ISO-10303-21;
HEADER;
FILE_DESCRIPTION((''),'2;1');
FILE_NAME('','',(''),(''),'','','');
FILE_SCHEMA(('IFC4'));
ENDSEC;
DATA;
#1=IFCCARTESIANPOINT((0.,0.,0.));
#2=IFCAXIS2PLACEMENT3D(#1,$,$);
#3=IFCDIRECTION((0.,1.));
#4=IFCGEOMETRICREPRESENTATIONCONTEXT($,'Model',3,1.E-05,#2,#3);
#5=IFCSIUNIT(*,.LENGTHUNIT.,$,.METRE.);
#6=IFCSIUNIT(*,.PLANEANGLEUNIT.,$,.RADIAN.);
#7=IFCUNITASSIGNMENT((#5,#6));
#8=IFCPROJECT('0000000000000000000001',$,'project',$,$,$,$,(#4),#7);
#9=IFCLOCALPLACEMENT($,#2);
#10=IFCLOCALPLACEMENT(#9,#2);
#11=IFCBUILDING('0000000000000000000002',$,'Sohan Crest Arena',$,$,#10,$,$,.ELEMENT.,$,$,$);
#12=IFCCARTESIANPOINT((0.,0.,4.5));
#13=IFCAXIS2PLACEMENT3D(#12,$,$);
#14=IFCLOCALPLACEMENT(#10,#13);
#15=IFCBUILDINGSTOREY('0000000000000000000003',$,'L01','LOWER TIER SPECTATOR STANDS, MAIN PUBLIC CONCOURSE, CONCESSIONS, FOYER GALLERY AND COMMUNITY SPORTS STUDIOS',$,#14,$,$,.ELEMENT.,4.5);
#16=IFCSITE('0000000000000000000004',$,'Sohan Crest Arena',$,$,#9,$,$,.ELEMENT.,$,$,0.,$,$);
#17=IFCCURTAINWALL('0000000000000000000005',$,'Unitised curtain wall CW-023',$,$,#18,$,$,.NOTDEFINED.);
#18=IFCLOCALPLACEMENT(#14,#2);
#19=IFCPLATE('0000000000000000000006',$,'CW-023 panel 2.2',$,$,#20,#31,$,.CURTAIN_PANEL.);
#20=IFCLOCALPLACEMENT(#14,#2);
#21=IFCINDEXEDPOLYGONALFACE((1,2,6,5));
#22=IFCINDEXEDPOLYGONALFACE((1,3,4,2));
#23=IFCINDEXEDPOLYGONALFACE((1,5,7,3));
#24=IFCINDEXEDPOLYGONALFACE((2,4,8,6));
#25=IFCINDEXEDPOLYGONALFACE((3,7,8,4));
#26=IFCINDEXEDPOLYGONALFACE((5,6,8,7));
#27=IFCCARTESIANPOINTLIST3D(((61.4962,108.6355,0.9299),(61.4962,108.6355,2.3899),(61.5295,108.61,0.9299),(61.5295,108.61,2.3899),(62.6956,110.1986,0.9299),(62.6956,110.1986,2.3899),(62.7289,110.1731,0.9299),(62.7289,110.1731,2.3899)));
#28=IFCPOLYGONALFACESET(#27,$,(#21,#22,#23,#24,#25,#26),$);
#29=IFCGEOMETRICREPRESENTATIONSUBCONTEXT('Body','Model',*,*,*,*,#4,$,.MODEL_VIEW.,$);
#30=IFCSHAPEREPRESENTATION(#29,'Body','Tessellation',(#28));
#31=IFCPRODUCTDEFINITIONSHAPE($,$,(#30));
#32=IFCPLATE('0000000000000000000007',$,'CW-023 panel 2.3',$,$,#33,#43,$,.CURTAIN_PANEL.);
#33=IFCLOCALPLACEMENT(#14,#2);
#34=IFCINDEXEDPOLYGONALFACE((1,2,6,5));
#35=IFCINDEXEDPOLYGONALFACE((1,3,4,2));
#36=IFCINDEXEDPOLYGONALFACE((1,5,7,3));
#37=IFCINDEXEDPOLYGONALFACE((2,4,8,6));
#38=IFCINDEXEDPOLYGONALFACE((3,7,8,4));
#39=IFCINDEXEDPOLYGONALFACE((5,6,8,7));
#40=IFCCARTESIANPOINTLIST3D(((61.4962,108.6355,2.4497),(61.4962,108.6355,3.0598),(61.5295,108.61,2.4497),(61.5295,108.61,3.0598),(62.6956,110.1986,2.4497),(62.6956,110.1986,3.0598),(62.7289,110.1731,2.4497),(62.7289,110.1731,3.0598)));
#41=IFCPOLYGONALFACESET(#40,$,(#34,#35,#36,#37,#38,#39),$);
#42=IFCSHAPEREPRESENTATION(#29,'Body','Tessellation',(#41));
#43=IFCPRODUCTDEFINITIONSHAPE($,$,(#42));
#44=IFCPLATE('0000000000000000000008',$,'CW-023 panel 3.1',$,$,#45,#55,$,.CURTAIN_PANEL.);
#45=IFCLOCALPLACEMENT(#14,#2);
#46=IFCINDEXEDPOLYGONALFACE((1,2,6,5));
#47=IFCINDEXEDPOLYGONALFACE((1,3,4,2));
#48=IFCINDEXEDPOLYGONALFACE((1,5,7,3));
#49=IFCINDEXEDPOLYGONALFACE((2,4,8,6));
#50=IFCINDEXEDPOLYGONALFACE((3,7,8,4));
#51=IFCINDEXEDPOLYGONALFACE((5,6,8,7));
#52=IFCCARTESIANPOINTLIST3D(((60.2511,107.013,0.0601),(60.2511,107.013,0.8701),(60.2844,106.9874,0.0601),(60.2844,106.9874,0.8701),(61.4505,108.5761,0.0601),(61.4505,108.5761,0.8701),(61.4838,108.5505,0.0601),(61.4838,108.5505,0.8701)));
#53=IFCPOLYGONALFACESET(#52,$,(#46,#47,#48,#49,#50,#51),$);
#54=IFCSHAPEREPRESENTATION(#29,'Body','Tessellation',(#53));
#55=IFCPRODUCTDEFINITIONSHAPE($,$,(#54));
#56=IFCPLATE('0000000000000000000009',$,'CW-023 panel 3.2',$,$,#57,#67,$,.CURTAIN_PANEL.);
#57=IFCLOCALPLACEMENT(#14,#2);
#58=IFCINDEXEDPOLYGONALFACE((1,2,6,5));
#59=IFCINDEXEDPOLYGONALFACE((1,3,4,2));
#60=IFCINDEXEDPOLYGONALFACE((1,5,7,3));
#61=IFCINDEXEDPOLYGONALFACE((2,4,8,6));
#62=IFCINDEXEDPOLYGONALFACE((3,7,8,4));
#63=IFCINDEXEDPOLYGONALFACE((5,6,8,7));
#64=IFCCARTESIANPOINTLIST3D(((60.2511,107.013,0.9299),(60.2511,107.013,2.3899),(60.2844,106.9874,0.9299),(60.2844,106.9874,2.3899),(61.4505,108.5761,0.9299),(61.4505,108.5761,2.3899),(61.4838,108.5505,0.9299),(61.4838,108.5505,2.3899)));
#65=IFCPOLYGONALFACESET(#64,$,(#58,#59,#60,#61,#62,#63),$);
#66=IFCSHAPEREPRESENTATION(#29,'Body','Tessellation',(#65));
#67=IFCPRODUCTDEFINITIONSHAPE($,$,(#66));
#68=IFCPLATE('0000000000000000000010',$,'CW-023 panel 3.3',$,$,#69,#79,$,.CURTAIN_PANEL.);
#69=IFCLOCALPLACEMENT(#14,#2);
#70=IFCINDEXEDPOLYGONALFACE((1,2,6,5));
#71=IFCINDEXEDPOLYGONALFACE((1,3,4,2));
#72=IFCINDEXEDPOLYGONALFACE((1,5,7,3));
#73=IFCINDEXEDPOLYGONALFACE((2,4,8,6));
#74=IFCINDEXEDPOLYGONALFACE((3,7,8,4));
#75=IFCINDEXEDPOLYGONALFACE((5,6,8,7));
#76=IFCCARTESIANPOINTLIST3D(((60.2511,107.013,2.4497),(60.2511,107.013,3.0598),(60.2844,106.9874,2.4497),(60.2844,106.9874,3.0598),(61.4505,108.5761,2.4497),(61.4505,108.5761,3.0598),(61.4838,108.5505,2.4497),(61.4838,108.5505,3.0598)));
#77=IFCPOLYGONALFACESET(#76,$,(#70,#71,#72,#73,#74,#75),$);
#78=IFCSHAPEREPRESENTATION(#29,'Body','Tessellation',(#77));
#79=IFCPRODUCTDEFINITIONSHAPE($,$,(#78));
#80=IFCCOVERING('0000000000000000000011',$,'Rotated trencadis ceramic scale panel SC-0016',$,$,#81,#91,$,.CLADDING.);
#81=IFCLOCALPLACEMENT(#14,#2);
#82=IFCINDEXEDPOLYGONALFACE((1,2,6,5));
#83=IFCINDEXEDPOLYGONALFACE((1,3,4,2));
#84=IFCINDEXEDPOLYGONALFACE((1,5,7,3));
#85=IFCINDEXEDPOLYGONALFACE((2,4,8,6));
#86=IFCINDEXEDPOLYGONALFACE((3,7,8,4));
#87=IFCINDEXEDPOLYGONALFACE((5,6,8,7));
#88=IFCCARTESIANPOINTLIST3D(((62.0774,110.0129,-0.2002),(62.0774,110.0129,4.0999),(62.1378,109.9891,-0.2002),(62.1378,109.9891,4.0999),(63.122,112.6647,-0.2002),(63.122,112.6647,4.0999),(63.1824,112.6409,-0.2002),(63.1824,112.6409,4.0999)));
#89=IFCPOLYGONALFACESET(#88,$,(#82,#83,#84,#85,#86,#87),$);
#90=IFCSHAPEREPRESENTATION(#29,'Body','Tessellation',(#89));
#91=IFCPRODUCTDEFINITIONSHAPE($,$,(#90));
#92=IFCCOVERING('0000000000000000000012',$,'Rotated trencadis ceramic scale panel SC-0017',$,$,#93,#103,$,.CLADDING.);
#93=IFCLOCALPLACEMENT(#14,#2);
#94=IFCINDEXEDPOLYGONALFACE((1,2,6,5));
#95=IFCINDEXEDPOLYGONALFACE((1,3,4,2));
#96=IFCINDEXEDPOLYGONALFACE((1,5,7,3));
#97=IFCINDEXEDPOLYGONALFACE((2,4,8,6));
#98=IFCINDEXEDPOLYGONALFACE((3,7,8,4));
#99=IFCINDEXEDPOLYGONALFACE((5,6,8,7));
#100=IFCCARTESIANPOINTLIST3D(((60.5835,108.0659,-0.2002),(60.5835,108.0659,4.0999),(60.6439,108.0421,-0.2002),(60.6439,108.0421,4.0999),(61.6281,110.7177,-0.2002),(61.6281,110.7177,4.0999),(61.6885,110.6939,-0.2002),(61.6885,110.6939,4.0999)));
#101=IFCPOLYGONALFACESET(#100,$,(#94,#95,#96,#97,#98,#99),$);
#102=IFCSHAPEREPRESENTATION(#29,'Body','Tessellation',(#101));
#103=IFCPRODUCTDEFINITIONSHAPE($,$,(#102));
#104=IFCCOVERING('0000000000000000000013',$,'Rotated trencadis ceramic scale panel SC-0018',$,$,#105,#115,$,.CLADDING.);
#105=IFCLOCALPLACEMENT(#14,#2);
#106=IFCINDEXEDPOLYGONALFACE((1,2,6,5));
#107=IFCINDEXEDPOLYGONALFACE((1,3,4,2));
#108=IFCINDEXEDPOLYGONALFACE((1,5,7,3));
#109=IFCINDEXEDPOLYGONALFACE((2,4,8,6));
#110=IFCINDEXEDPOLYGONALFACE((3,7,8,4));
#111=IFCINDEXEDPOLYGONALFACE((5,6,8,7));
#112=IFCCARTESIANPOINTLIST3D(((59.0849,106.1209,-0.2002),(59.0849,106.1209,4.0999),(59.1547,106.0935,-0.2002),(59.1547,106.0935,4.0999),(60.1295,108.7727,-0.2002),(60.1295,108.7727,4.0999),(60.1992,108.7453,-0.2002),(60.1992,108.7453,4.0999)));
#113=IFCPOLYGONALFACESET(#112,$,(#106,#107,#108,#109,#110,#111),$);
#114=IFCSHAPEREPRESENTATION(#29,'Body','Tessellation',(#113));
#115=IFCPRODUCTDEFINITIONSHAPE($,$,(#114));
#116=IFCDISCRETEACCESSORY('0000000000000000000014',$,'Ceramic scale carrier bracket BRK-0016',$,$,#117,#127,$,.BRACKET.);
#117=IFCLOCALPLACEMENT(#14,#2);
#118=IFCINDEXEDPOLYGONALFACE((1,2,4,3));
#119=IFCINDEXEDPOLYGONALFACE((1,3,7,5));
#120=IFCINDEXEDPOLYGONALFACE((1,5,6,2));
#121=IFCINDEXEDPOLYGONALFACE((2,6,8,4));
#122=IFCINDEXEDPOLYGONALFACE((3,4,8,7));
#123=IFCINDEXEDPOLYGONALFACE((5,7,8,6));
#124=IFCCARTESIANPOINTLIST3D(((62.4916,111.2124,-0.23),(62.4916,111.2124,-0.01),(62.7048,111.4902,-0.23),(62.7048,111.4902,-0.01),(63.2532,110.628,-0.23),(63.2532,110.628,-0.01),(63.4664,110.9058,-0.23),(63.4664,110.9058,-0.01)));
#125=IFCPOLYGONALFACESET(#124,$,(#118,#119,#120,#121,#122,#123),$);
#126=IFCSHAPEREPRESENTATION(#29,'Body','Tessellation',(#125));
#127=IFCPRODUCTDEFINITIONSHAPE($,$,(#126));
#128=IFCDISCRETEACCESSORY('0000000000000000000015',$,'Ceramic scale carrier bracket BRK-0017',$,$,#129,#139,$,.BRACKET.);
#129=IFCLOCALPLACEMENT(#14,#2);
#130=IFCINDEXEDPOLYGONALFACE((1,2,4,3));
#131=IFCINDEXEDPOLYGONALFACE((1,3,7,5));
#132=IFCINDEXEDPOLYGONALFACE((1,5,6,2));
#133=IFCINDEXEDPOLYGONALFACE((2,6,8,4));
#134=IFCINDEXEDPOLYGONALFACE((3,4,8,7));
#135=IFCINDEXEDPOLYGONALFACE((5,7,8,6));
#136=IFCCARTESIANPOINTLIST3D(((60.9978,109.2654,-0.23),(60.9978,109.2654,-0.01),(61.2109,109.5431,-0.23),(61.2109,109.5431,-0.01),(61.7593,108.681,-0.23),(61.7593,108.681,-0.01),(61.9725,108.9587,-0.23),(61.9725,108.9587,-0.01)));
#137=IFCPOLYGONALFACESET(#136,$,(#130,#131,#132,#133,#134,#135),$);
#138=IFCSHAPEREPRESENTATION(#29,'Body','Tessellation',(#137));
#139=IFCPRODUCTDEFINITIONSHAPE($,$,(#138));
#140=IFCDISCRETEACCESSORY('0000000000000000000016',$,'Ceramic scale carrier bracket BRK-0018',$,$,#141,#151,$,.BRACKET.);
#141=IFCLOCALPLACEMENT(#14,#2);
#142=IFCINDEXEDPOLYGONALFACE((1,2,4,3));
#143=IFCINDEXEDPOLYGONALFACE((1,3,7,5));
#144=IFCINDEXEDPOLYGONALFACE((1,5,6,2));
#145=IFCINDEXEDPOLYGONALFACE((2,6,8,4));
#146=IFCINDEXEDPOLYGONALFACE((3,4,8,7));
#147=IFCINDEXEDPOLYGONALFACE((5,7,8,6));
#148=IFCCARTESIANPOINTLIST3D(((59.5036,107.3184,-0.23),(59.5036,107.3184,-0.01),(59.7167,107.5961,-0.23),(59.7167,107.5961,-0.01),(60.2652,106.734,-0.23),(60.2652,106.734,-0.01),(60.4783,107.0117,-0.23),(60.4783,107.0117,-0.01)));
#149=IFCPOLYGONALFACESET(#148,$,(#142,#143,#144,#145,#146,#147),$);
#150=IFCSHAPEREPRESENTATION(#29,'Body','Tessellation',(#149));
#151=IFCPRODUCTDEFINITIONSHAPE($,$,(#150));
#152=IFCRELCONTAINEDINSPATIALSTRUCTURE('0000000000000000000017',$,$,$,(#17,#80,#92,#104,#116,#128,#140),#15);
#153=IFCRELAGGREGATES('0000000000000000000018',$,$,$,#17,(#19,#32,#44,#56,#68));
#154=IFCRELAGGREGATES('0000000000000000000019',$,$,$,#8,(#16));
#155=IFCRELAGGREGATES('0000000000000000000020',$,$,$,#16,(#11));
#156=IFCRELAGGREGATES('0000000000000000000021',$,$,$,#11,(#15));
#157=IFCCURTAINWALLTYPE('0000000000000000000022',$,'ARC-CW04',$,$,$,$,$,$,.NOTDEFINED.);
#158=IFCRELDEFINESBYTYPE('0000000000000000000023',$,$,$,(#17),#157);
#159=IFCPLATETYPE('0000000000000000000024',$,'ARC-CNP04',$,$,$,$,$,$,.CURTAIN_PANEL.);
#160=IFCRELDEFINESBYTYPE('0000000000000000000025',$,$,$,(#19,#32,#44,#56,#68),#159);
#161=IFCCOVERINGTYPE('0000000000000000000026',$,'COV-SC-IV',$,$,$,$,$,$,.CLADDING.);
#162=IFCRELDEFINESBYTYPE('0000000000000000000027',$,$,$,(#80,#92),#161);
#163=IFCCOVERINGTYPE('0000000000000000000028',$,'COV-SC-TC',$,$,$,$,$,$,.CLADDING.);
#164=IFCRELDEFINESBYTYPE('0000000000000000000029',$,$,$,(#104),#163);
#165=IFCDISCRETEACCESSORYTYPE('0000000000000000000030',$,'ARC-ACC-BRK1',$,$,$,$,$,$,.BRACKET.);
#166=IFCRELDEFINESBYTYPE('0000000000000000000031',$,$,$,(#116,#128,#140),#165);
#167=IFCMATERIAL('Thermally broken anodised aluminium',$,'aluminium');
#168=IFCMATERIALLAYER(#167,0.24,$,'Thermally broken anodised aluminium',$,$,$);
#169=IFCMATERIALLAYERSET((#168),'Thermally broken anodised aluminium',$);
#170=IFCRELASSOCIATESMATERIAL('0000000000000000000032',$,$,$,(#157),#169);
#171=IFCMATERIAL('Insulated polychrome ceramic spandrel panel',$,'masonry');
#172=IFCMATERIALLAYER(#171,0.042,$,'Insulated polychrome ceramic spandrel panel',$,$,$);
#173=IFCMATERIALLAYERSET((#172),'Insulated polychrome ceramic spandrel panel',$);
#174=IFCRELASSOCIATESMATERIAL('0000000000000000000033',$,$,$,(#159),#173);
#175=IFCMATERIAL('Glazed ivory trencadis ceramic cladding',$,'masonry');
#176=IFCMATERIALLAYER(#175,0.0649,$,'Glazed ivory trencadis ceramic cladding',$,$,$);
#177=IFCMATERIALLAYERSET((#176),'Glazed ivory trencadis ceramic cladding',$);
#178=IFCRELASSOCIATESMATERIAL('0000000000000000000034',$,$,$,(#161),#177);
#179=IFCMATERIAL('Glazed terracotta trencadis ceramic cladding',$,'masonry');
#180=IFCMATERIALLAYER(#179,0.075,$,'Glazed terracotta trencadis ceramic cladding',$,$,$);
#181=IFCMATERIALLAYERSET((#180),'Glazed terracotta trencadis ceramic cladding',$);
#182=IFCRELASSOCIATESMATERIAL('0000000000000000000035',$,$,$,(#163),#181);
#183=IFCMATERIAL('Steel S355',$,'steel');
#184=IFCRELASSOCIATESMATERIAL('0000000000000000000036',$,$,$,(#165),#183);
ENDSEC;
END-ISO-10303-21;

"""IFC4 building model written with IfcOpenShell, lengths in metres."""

from ifc_helpers import new_model, si_unit, direction, frame, origin, origin_2d, place, context, subcontext, project, spatial, rectangle, extrude, material, layer, layer_set, type_object, element, aggregate, save


model = new_model("IFC4")

# Units and contexts
model_context = context("Model", 3, precision=1e-05, world=origin(), true_north=direction((0.0, 1.0)))
body_context = subcontext(model_context, "Body", "Model", "MODEL_VIEW")
ifc_project = project(units=[si_unit("LENGTHUNIT", "METRE"), si_unit("PLANEANGLEUNIT", "RADIAN")], contexts=[model_context])

# Site, building, storey
site_placement = place(None, origin())
site = spatial("IfcSite", under=ifc_project, at=site_placement, Name="Sohan Crest Arena", CompositionType="ELEMENT", RefElevation=0.0)
building_placement = place(site_placement, origin())
building = spatial("IfcBuilding", under=site, at=building_placement, Name="Sohan Crest Arena", CompositionType="ELEMENT")
storey_placement = place(building_placement, frame((0.0, 0.0, 4.5)))
storey = spatial("IfcBuildingStorey", under=building, at=storey_placement, Name="L01", Description="LOWER TIER SPECTATOR STANDS, MAIN PUBLIC CONCOURSE, CONCESSIONS, FOYER GALLERY AND COMMUNITY SPORTS STUDIOS", CompositionType="ELEMENT", Elevation=4.5)

# Shared definitions
ifc_material_1 = material(Name="Steel S355", Category="steel")

# Shared definitions
ifc_material_2 = material(Name="Thermally broken anodised aluminium", Category="aluminium")

# Curtain wall
ifc_layer_1 = layer(ifc_material_2, 0.24, Name="Thermally broken anodised aluminium")
ifc_layer_set_1 = layer_set([ifc_layer_1], Name="Thermally broken anodised aluminium")
curtain_wall_type_1 = type_object("IfcCurtainWallType", Name="ARC-CW04", PredefinedType="NOTDEFINED", material=ifc_layer_set_1)
curtain_wall_1_placement = place(storey_placement, origin())
curtain_wall_1 = element("IfcCurtainWall", 1, at=curtain_wall_1_placement, inside=storey, type_object=curtain_wall_type_1, Name="Unitised curtain wall CW-023", PredefinedType="NOTDEFINED")

# Plates
ifc_material_3 = material(Name="Insulated polychrome ceramic spandrel panel", Category="masonry")
ifc_layer_2 = layer(ifc_material_3, 0.042, Name="Insulated polychrome ceramic spandrel panel")
ifc_layer_set_2 = layer_set([ifc_layer_2], Name="Insulated polychrome ceramic spandrel panel")
plate_type = type_object("IfcPlateType", Name="ARC-CNP04", PredefinedType="CURTAIN_PANEL", material=ifc_layer_set_2)
plate_1_placement = place(storey_placement, frame((62.1125, 109.4043, 0.9299), z_axis=(0.0, 0.0, 1.0), x_axis=(-0.608765, -0.793351, 0.0)))
plate_1 = element("IfcPlate", 2, at=plate_1_placement, type_object=plate_type, Name="CW-023 panel 2.2", PredefinedType="CURTAIN_PANEL", context=body_context, shape_type="SweptSolid", body=[
    extrude(rectangle(XDim=1.9702, YDim=0.042, at=origin_2d()), origin(), (0.0, 0.0, 1.0), 1.46),
])
plate_2_placement = place(storey_placement, frame((62.1125, 109.4043, 2.4497), z_axis=(0.0, 0.0, 1.0), x_axis=(-0.608765, -0.793351, 0.0)))
plate_2 = element("IfcPlate", 3, at=plate_2_placement, type_object=plate_type, Name="CW-023 panel 2.3", PredefinedType="CURTAIN_PANEL", context=body_context, shape_type="SweptSolid", body=[
    extrude(rectangle(XDim=1.9702, YDim=0.042, at=origin_2d()), origin(), (0.0, 0.0, 1.0), 0.6101),
])
plate_3_placement = place(storey_placement, frame((60.8674, 107.7817, 0.0601), z_axis=(0.0, 0.0, 1.0), x_axis=(-0.608765, -0.793351, 0.0)))
plate_3 = element("IfcPlate", 4, at=plate_3_placement, type_object=plate_type, Name="CW-023 panel 3.1", PredefinedType="CURTAIN_PANEL", context=body_context, shape_type="SweptSolid", body=[
    extrude(rectangle(XDim=1.9702, YDim=0.042, at=origin_2d()), origin(), (0.0, 0.0, 1.0), 0.8101),
])
plate_4_placement = place(storey_placement, frame((60.8674, 107.7817, 0.9299), z_axis=(0.0, 0.0, 1.0), x_axis=(-0.608765, -0.793351, 0.0)))
plate_4 = element("IfcPlate", 5, at=plate_4_placement, type_object=plate_type, Name="CW-023 panel 3.2", PredefinedType="CURTAIN_PANEL", context=body_context, shape_type="SweptSolid", body=[
    extrude(rectangle(XDim=1.9702, YDim=0.042, at=origin_2d()), origin(), (0.0, 0.0, 1.0), 1.46),
])
plate_5_placement = place(storey_placement, frame((60.8674, 107.7817, 2.4497), z_axis=(0.0, 0.0, 1.0), x_axis=(-0.608765, -0.793351, 0.0)))
plate_5 = element("IfcPlate", 6, at=plate_5_placement, type_object=plate_type, Name="CW-023 panel 3.3", PredefinedType="CURTAIN_PANEL", context=body_context, shape_type="SweptSolid", body=[
    extrude(rectangle(XDim=1.9702, YDim=0.042, at=origin_2d()), origin(), (0.0, 0.0, 1.0), 0.6101),
])
aggregate(curtain_wall_1, [plate_1, plate_2, plate_3, plate_4, plate_5])

# Coverings
ifc_material_4 = material(Name="Glazed ivory trencadis ceramic cladding", Category="masonry")
ifc_layer_3 = layer(ifc_material_4, 0.0649, Name="Glazed ivory trencadis ceramic cladding")
ifc_layer_set_3 = layer_set([ifc_layer_3], Name="Glazed ivory trencadis ceramic cladding")
covering_type_1 = type_object("IfcCoveringType", Name="COV-SC-IV", PredefinedType="CLADDING", material=ifc_layer_set_3)
for number, where, z_axis, x_axis, name in (
    (7, (62.6299, 111.3269, -0.2002), (0.0, 0.0, 1.0), (-0.366501, -0.930418, 0.0), "Rotated trencadis ceramic scale panel SC-0016"),
    (8, (61.136, 109.3799, -0.2002), (0.0, 0.0, 1.0), (-0.366501, -0.930418, 0.0), "Rotated trencadis ceramic scale panel SC-0017"),
):
    element("IfcCovering", number, at=place(storey_placement, frame(where, z_axis=z_axis, x_axis=x_axis)), inside=storey, type_object=covering_type_1, Name=name, PredefinedType="CLADDING", context=body_context, shape_type="SweptSolid", body=[
        extrude(rectangle(XDim=2.8501, YDim=0.0649, at=origin_2d()), origin(), (0.0, 0.0, 1.0), 4.3),
    ])
ifc_material_5 = material(Name="Glazed terracotta trencadis ceramic cladding", Category="masonry")
ifc_layer_4 = layer(ifc_material_5, 0.075, Name="Glazed terracotta trencadis ceramic cladding")
ifc_layer_set_4 = layer_set([ifc_layer_4], Name="Glazed terracotta trencadis ceramic cladding")
covering_type_2 = type_object("IfcCoveringType", Name="COV-SC-TC", PredefinedType="CLADDING", material=ifc_layer_set_4)
covering_placement = place(storey_placement, frame((59.6421, 107.4331, -0.2002), z_axis=(0.0, 0.0, 1.0), x_axis=(-0.366501, -0.930418, 0.0)))
element("IfcCovering", 9, at=covering_placement, inside=storey, type_object=covering_type_2, Name="Rotated trencadis ceramic scale panel SC-0018", PredefinedType="CLADDING", context=body_context, shape_type="SweptSolid", body=[
    extrude(rectangle(XDim=2.8501, YDim=0.075, at=origin_2d()), origin(), (0.0, 0.0, 1.0), 4.3),
])

# Discrete accessories
discrete_accessory_type = type_object("IfcDiscreteAccessoryType", Name="ARC-ACC-BRK1", PredefinedType="BRACKET", material=ifc_material_1)
for number, where, z_axis, x_axis, name in (
    (10, (62.979, 111.0591, -0.23), (0.0, 0.0, 1.0), (-0.608761, -0.793353, 0.0), "Ceramic scale carrier bracket BRK-0016"),
    (11, (61.4851, 109.1121, -0.23), (0.0, 0.0, 1.0), (-0.608761, -0.793353, 0.0), "Ceramic scale carrier bracket BRK-0017"),
    (12, (59.991, 107.165, -0.23), (0.0, 0.0, 1.0), (-0.608761, -0.793353, 0.0), "Ceramic scale carrier bracket BRK-0018"),
):
    element("IfcDiscreteAccessory", number, at=place(storey_placement, frame(where, z_axis=z_axis, x_axis=x_axis)), inside=storey, type_object=discrete_accessory_type, Name=name, PredefinedType="BRACKET", context=body_context, shape_type="SweptSolid", body=[
        extrude(rectangle(XDim=0.3501, YDim=0.96, at=origin_2d()), origin(), (0.0, 0.0, 1.0), 0.22),
    ])

save(model, "model.ifc")
